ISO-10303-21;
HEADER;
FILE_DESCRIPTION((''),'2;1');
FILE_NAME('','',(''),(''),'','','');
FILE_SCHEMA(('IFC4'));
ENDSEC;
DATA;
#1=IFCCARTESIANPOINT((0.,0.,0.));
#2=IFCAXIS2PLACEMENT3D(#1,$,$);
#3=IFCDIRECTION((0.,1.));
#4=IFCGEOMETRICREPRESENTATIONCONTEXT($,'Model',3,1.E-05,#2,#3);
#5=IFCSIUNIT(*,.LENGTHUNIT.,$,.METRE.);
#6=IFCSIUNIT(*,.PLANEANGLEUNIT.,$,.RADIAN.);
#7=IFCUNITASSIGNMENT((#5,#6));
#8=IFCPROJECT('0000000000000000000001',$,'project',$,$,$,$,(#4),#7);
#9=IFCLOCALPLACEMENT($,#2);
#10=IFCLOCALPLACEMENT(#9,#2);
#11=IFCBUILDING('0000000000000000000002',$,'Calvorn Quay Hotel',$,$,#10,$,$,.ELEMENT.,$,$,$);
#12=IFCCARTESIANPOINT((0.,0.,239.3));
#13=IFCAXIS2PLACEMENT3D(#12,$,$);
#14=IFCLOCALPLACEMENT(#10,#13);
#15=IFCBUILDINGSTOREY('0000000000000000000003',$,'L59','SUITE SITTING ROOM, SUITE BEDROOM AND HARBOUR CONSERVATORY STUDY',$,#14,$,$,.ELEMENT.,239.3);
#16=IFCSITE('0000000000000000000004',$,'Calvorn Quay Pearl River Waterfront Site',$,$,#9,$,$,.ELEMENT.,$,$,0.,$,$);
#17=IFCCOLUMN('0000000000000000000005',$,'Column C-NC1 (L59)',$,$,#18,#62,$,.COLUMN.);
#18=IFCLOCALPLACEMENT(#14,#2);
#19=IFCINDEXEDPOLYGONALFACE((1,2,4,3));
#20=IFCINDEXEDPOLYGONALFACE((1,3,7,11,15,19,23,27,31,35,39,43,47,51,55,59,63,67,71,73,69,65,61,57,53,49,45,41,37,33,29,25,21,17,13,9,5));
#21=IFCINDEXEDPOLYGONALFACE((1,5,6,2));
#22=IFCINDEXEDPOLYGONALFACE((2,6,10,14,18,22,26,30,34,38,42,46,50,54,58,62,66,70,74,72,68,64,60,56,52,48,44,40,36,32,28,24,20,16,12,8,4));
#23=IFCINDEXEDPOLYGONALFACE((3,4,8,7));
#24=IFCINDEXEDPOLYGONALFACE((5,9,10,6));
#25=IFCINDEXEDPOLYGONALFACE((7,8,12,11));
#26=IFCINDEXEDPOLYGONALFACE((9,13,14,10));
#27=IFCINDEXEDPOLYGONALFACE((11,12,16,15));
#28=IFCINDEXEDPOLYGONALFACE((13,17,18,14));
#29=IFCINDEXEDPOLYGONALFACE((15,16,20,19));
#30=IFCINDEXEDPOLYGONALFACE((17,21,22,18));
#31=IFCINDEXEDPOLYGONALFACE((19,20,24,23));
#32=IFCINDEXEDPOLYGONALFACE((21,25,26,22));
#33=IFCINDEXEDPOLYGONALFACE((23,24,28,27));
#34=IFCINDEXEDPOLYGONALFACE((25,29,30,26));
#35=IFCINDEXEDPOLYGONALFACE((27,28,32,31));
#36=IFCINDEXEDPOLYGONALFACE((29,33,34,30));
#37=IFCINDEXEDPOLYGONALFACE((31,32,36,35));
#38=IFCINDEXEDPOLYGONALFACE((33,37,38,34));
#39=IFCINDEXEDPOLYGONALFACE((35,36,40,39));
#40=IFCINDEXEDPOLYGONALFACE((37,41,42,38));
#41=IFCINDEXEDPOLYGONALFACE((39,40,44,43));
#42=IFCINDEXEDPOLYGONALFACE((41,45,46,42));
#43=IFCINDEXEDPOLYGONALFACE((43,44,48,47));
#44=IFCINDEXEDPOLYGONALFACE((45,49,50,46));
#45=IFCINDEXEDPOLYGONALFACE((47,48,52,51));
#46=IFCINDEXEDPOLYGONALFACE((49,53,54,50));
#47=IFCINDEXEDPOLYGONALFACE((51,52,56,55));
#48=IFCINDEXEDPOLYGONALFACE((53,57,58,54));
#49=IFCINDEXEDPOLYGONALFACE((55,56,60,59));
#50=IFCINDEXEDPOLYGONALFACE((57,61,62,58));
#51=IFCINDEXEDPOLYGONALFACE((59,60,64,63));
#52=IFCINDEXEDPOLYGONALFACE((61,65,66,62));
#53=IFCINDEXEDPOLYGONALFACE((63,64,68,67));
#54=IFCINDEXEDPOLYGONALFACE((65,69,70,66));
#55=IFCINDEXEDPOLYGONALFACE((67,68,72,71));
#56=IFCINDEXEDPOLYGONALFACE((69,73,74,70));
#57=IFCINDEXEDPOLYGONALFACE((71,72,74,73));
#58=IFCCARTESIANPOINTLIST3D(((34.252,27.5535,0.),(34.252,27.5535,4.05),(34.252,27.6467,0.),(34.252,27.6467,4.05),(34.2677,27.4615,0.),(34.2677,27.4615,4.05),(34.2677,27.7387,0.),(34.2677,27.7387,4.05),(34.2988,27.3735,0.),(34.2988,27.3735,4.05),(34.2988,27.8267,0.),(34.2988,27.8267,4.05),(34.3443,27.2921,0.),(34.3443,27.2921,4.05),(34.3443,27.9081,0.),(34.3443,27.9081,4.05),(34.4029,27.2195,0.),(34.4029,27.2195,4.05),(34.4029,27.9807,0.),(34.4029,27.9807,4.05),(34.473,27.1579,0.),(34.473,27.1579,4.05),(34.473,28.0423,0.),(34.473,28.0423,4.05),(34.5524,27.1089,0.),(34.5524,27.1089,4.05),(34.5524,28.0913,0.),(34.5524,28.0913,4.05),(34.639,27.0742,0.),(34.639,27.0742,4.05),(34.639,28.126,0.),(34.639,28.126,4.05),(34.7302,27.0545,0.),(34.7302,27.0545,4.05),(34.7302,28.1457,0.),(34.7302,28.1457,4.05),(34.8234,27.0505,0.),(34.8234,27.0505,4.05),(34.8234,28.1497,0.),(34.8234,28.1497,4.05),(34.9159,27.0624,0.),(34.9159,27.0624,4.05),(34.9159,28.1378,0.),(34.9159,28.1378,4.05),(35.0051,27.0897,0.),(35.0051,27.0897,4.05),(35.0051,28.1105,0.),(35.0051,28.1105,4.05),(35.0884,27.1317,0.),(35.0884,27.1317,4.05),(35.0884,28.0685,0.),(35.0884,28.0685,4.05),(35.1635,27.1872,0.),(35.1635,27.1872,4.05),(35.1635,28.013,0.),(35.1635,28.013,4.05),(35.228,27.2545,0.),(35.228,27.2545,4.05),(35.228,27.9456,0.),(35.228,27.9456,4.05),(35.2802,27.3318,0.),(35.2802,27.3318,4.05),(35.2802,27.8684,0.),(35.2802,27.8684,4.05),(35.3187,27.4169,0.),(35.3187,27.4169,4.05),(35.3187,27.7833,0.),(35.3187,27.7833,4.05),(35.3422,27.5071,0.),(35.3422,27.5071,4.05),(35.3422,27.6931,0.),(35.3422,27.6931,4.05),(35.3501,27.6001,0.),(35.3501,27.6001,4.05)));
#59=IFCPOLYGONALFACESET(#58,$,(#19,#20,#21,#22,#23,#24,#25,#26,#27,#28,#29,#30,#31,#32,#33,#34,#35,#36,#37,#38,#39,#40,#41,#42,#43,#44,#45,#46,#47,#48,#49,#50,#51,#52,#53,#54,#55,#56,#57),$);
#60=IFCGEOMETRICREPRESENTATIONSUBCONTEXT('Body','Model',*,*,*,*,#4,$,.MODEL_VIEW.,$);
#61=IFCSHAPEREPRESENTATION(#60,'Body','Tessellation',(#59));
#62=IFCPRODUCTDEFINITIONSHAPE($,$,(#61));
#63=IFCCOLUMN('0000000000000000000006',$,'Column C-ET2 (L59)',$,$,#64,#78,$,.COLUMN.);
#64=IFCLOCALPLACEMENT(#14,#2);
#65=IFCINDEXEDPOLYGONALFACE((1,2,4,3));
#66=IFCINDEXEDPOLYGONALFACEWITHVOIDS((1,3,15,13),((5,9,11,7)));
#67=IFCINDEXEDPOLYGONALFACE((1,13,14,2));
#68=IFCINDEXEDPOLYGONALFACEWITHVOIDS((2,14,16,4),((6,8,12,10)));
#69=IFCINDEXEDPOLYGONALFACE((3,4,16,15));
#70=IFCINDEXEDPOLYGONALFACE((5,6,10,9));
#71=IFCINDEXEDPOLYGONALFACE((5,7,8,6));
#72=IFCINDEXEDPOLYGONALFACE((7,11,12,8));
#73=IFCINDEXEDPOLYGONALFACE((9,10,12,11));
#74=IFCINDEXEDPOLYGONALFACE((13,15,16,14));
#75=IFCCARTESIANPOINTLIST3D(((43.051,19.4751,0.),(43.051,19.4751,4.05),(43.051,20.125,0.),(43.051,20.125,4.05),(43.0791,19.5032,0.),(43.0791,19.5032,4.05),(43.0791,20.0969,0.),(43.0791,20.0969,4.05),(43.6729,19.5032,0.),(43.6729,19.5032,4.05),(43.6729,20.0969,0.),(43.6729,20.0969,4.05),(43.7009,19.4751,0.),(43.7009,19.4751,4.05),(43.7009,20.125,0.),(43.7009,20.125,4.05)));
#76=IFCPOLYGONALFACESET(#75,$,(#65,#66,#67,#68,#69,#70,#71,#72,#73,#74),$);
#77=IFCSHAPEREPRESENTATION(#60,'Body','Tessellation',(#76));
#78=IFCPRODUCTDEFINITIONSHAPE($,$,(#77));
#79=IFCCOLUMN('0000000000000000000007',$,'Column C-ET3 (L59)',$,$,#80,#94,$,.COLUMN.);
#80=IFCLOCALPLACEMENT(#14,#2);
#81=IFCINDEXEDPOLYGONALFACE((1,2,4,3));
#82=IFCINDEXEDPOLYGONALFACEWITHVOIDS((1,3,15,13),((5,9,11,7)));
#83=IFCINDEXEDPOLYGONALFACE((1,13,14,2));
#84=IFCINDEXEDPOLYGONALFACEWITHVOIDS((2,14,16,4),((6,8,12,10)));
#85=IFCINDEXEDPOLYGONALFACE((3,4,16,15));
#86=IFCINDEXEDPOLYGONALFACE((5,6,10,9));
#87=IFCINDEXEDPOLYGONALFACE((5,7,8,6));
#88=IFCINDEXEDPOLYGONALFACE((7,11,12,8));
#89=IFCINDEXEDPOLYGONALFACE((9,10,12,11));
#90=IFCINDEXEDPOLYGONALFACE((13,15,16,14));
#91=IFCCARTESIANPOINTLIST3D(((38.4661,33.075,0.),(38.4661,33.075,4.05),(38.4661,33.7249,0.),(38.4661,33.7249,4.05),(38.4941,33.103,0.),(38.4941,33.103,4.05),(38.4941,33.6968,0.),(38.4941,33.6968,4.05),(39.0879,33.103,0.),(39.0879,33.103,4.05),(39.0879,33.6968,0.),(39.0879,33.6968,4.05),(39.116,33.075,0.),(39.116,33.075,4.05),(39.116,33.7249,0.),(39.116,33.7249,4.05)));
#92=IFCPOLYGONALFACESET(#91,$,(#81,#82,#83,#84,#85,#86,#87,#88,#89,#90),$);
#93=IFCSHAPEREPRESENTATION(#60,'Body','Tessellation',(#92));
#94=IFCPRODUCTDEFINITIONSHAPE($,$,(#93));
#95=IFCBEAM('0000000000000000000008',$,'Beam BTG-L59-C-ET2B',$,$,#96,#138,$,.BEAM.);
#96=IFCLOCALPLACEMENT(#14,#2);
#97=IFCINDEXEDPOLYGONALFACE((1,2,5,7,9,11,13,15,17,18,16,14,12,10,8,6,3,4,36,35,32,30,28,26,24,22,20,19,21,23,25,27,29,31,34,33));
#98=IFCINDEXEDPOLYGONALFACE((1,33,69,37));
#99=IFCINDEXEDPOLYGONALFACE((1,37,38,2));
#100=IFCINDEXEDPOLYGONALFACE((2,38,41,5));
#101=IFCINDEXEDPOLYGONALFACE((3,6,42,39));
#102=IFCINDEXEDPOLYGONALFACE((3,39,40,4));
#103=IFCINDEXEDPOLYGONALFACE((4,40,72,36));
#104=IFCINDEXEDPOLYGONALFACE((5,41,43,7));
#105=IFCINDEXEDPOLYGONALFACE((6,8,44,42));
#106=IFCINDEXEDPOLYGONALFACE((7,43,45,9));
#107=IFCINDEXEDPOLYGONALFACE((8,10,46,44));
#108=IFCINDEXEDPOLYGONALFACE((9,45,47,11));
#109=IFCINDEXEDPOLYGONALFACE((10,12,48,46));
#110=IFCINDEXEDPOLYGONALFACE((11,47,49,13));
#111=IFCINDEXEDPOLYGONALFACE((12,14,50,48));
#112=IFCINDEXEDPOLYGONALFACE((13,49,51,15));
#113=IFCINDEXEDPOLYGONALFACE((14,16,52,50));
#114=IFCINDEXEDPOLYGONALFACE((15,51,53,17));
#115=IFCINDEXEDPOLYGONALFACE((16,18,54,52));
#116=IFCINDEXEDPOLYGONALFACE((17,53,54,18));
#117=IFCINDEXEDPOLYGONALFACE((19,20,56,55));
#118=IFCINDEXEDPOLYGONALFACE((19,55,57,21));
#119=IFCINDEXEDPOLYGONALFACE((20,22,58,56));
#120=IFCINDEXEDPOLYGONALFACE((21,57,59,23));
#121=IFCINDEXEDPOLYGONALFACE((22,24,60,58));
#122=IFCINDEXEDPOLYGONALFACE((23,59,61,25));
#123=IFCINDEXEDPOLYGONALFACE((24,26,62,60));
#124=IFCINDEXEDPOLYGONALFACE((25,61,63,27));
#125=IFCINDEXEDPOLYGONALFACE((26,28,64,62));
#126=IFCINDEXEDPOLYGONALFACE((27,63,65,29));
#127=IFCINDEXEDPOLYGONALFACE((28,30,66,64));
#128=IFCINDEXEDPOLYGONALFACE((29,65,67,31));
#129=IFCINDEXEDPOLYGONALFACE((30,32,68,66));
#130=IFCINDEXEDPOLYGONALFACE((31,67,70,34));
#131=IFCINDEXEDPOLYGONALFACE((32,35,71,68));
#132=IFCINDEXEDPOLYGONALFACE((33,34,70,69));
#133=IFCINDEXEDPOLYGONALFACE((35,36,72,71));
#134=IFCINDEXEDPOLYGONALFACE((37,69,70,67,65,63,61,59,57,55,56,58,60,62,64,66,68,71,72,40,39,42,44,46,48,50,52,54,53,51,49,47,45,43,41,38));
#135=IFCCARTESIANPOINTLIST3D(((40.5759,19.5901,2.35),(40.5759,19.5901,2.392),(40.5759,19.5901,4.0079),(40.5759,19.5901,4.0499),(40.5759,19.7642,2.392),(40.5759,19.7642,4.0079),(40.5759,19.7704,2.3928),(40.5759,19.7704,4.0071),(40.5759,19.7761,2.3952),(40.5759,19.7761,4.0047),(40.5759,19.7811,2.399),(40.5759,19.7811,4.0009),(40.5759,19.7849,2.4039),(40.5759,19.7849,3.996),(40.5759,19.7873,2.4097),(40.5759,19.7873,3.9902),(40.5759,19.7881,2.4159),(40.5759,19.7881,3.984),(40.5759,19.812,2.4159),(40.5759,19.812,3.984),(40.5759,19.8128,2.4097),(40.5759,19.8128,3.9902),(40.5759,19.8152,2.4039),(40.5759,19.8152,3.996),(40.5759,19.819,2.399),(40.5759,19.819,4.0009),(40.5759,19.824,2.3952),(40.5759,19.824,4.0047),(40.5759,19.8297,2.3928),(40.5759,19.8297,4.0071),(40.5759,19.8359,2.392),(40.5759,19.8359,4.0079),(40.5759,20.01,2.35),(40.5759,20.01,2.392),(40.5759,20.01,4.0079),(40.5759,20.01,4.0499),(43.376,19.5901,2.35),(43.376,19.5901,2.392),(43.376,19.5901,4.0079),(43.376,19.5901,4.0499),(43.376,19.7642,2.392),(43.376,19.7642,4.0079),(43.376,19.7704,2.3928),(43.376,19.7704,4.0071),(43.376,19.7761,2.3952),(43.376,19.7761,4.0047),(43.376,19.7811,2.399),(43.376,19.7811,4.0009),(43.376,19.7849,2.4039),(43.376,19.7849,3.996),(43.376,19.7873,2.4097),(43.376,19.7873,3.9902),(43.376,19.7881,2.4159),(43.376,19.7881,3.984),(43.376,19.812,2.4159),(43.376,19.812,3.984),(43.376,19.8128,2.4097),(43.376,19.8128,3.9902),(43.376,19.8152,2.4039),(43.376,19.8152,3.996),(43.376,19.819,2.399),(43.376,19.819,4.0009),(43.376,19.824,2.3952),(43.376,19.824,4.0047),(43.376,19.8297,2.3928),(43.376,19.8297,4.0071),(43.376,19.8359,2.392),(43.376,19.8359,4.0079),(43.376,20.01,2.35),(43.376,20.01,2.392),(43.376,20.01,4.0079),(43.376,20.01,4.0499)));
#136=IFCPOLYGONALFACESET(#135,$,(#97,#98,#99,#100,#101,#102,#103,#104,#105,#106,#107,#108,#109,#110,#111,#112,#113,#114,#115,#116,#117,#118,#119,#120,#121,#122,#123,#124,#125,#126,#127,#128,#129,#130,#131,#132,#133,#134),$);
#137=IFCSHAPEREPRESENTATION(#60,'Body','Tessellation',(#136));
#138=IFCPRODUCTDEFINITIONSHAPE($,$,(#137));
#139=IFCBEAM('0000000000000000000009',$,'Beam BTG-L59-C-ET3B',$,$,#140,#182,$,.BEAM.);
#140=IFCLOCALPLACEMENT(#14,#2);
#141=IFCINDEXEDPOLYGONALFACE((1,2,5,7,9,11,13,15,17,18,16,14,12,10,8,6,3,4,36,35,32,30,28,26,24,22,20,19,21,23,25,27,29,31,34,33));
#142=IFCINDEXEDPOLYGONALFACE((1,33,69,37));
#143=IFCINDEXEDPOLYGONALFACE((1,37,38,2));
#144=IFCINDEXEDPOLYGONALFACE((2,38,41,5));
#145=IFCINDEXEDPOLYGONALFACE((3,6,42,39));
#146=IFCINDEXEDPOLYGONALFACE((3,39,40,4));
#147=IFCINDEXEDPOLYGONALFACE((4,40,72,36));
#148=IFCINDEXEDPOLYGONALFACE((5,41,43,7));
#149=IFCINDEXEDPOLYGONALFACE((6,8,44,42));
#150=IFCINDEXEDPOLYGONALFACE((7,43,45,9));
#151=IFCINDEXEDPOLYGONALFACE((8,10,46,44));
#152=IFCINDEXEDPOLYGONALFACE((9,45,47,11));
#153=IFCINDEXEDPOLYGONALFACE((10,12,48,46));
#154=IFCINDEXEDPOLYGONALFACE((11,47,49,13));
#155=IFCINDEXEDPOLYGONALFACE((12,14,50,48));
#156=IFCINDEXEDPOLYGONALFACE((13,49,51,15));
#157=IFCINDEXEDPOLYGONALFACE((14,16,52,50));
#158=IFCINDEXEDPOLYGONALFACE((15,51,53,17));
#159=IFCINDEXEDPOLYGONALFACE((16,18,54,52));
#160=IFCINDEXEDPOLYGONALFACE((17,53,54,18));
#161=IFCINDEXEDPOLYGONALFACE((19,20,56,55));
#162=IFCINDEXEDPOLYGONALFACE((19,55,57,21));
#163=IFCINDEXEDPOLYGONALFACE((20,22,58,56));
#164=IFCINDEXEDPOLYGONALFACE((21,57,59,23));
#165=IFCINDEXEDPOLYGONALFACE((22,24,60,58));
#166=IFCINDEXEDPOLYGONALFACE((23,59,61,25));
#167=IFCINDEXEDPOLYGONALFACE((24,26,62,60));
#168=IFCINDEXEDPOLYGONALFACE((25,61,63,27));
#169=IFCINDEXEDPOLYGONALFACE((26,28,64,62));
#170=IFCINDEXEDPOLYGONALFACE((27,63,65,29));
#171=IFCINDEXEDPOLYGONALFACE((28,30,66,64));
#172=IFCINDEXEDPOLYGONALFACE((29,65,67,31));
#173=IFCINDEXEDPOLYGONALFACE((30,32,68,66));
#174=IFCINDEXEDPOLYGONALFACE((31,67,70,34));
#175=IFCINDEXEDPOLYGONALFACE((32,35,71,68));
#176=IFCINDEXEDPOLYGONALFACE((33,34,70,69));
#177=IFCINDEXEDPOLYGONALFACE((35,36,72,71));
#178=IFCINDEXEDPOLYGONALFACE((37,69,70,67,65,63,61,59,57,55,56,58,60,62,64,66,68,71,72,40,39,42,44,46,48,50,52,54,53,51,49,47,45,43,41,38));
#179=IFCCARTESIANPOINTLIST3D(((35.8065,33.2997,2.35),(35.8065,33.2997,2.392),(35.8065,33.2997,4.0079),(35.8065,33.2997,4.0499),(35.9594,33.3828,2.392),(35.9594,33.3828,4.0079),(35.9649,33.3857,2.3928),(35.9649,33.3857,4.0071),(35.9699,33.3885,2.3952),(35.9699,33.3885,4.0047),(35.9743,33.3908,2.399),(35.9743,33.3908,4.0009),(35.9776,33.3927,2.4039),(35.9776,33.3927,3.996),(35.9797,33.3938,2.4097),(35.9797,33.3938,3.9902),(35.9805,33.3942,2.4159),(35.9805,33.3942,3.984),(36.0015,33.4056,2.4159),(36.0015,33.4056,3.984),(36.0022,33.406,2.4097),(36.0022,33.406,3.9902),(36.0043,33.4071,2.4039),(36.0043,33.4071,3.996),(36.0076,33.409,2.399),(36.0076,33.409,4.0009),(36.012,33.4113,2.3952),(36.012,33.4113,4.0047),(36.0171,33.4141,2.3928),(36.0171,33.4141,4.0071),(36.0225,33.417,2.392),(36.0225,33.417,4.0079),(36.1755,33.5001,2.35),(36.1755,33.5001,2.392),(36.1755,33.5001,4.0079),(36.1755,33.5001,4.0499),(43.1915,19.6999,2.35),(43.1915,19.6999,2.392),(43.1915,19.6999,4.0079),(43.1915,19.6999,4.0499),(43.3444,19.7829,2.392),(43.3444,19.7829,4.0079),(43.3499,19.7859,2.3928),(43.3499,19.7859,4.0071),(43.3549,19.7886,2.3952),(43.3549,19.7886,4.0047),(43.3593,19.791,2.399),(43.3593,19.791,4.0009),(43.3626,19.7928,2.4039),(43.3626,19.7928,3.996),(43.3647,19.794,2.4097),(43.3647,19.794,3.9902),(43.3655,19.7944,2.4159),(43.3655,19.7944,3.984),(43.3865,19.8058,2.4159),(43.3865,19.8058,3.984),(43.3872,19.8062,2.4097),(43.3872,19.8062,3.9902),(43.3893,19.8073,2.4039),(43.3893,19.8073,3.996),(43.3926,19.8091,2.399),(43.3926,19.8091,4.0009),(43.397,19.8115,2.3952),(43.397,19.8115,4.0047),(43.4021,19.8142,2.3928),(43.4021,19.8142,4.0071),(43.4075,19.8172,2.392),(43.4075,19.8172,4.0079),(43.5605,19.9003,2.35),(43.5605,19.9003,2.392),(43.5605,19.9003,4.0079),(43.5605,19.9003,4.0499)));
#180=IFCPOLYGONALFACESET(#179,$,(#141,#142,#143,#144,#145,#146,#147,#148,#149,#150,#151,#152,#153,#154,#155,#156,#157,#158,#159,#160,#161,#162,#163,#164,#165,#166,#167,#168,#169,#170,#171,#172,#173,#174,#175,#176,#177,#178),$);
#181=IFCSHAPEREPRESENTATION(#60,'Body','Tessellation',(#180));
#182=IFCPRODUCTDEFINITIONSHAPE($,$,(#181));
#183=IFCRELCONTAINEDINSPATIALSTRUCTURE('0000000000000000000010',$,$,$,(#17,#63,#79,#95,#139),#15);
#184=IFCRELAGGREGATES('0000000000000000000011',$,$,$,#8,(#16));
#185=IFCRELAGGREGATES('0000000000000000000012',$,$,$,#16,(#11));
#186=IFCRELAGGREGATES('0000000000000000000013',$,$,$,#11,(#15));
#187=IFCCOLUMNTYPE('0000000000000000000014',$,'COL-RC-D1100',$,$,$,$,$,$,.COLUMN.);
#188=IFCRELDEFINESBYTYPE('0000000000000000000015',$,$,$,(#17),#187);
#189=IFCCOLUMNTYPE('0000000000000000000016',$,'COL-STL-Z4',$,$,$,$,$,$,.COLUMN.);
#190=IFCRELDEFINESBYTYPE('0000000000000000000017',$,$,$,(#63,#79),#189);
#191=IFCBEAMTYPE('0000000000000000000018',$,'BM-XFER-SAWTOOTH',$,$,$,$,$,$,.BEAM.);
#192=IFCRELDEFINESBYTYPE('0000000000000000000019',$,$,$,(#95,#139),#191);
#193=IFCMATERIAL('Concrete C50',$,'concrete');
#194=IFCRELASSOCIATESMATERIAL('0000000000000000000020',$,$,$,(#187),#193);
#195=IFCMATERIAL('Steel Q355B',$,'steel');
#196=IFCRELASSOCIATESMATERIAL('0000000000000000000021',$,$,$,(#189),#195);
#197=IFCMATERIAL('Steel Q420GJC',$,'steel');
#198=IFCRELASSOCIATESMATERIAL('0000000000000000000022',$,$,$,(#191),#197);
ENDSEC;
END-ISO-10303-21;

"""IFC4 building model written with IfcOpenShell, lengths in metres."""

from ifc_helpers import new_model, si_unit, direction, frame, origin, origin_2d, place, context, subcontext, project, spatial, hollow_rectangle, circle, i_section, extrude, material, material_profile, profile_set, type_object, element, save


model = new_model("IFC4")

# Units and contexts
model_context = context("Model", 3, precision=1e-05, world=origin(), true_north=direction((0.0, 1.0)))
body_context = subcontext(model_context, "Body", "Model", "MODEL_VIEW")
ifc_project = project(units=[si_unit("LENGTHUNIT", "METRE"), si_unit("PLANEANGLEUNIT", "RADIAN")], contexts=[model_context])

# Site, building, storey
site_placement = place(None, origin())
site = spatial("IfcSite", under=ifc_project, at=site_placement, Name="Calvorn Quay Pearl River Waterfront Site", CompositionType="ELEMENT", RefElevation=0.0)
building_placement = place(site_placement, origin())
building = spatial("IfcBuilding", under=site, at=building_placement, Name="Calvorn Quay Hotel", CompositionType="ELEMENT")
storey_placement = place(building_placement, frame((0.0, 0.0, 239.3)))
storey = spatial("IfcBuildingStorey", under=building, at=storey_placement, Name="L59", Description="SUITE SITTING ROOM, SUITE BEDROOM AND HARBOUR CONSERVATORY STUDY", CompositionType="ELEMENT", Elevation=239.3)

# Columns
ifc_material_1 = material(Name="Concrete C50", Category="concrete")
ifc_material_profile_1 = material_profile(ifc_material_1, circle(Radius=0.55, at=origin_2d()), Name="RCD1100")
ifc_profile_set_1 = profile_set([ifc_material_profile_1], Name="Concrete C50")
column_type_1 = type_object("IfcColumnType", Name="COL-RC-D1100", PredefinedType="COLUMN", material=ifc_profile_set_1)
column_placement = place(storey_placement, frame((34.8, 27.6001, 0.0), z_axis=(0.0, 0.0, 1.0), x_axis=(1.0, 0.0, 0.0)))
element("IfcColumn", 1, at=column_placement, inside=storey, type_object=column_type_1, Name="Column C-NC1 (L59)", PredefinedType="COLUMN", context=body_context, shape_type="SweptSolid", body=[
    extrude(circle(Radius=0.55, at=origin_2d()), origin(), (0.0, 0.0, 1.0), 4.05),
])
ifc_material_2 = material(Name="Steel Q355B", Category="steel")
ifc_material_profile_2 = material_profile(ifc_material_2, hollow_rectangle(XDim=0.6499, YDim=0.6499, WallThickness=0.0281, at=origin_2d()), Name="BOX650x650x28")
ifc_profile_set_2 = profile_set([ifc_material_profile_2], Name="Steel Q355B")
column_type_2 = type_object("IfcColumnType", Name="COL-STL-Z4", PredefinedType="COLUMN", material=ifc_profile_set_2)
for number, where, z_axis, x_axis, name in (
    (2, (43.376, 19.8, 0.0), (0.0, 0.0, 1.0), (1.0, 0.0, 0.0), "Column C-ET2 (L59)"),
    (3, (38.791, 33.3999, 0.0), (0.0, 0.0, 1.0), (1.0, 0.0, 0.0), "Column C-ET3 (L59)"),
):
    element("IfcColumn", number, at=place(storey_placement, frame(where, z_axis=z_axis, x_axis=x_axis)), inside=storey, type_object=column_type_2, Name=name, PredefinedType="COLUMN", context=body_context, shape_type="SweptSolid", body=[
        extrude(hollow_rectangle(XDim=0.6499, YDim=0.6499, WallThickness=0.0281, at=origin_2d()), origin(), (0.0, 0.0, 1.0), 4.05),
    ])

# Beams
ifc_material_3 = material(Name="Steel Q420GJC", Category="steel")
ifc_material_profile_3 = material_profile(ifc_material_3, i_section(OverallWidth=0.4199, OverallDepth=1.7, WebThickness=0.0239, FlangeThickness=0.042, FilletRadius=0.0239, at=origin_2d()), Name="HN1700x420x24x42")
ifc_profile_set_3 = profile_set([ifc_material_profile_3], Name="Steel Q420GJC")
beam_type = type_object("IfcBeamType", Name="BM-XFER-SAWTOOTH", PredefinedType="BEAM", material=ifc_profile_set_3)
beam_1_placement = place(storey_placement, frame((40.5759, 19.8, 3.2), z_axis=(1.0, 0.0, 0.0), x_axis=(0.0, 1.0, 0.0)))
element("IfcBeam", 4, at=beam_1_placement, inside=storey, type_object=beam_type, Name="Beam BTG-L59-C-ET2B", PredefinedType="BEAM", context=body_context, shape_type="SweptSolid", body=[
    extrude(i_section(OverallWidth=0.4199, OverallDepth=1.7, WebThickness=0.0239, FlangeThickness=0.042, FilletRadius=0.0239, at=origin_2d()), origin(), (0.0, 0.0, 1.0), 2.8),
])
beam_2_placement = place(storey_placement, frame((35.991, 33.3999, 3.2), z_axis=(0.477203, -0.878793, 0.0), x_axis=(0.878793, 0.477203, 0.0)))
element("IfcBeam", 5, at=beam_2_placement, inside=storey, type_object=beam_type, Name="Beam BTG-L59-C-ET3B", PredefinedType="BEAM", context=body_context, shape_type="SweptSolid", body=[
    extrude(i_section(OverallWidth=0.4199, OverallDepth=1.7, WebThickness=0.0239, FlangeThickness=0.042, FilletRadius=0.0239, at=origin_2d()), origin(), (0.0, 0.0, 1.0), 15.4756),
])

save(model, "model.ifc")
